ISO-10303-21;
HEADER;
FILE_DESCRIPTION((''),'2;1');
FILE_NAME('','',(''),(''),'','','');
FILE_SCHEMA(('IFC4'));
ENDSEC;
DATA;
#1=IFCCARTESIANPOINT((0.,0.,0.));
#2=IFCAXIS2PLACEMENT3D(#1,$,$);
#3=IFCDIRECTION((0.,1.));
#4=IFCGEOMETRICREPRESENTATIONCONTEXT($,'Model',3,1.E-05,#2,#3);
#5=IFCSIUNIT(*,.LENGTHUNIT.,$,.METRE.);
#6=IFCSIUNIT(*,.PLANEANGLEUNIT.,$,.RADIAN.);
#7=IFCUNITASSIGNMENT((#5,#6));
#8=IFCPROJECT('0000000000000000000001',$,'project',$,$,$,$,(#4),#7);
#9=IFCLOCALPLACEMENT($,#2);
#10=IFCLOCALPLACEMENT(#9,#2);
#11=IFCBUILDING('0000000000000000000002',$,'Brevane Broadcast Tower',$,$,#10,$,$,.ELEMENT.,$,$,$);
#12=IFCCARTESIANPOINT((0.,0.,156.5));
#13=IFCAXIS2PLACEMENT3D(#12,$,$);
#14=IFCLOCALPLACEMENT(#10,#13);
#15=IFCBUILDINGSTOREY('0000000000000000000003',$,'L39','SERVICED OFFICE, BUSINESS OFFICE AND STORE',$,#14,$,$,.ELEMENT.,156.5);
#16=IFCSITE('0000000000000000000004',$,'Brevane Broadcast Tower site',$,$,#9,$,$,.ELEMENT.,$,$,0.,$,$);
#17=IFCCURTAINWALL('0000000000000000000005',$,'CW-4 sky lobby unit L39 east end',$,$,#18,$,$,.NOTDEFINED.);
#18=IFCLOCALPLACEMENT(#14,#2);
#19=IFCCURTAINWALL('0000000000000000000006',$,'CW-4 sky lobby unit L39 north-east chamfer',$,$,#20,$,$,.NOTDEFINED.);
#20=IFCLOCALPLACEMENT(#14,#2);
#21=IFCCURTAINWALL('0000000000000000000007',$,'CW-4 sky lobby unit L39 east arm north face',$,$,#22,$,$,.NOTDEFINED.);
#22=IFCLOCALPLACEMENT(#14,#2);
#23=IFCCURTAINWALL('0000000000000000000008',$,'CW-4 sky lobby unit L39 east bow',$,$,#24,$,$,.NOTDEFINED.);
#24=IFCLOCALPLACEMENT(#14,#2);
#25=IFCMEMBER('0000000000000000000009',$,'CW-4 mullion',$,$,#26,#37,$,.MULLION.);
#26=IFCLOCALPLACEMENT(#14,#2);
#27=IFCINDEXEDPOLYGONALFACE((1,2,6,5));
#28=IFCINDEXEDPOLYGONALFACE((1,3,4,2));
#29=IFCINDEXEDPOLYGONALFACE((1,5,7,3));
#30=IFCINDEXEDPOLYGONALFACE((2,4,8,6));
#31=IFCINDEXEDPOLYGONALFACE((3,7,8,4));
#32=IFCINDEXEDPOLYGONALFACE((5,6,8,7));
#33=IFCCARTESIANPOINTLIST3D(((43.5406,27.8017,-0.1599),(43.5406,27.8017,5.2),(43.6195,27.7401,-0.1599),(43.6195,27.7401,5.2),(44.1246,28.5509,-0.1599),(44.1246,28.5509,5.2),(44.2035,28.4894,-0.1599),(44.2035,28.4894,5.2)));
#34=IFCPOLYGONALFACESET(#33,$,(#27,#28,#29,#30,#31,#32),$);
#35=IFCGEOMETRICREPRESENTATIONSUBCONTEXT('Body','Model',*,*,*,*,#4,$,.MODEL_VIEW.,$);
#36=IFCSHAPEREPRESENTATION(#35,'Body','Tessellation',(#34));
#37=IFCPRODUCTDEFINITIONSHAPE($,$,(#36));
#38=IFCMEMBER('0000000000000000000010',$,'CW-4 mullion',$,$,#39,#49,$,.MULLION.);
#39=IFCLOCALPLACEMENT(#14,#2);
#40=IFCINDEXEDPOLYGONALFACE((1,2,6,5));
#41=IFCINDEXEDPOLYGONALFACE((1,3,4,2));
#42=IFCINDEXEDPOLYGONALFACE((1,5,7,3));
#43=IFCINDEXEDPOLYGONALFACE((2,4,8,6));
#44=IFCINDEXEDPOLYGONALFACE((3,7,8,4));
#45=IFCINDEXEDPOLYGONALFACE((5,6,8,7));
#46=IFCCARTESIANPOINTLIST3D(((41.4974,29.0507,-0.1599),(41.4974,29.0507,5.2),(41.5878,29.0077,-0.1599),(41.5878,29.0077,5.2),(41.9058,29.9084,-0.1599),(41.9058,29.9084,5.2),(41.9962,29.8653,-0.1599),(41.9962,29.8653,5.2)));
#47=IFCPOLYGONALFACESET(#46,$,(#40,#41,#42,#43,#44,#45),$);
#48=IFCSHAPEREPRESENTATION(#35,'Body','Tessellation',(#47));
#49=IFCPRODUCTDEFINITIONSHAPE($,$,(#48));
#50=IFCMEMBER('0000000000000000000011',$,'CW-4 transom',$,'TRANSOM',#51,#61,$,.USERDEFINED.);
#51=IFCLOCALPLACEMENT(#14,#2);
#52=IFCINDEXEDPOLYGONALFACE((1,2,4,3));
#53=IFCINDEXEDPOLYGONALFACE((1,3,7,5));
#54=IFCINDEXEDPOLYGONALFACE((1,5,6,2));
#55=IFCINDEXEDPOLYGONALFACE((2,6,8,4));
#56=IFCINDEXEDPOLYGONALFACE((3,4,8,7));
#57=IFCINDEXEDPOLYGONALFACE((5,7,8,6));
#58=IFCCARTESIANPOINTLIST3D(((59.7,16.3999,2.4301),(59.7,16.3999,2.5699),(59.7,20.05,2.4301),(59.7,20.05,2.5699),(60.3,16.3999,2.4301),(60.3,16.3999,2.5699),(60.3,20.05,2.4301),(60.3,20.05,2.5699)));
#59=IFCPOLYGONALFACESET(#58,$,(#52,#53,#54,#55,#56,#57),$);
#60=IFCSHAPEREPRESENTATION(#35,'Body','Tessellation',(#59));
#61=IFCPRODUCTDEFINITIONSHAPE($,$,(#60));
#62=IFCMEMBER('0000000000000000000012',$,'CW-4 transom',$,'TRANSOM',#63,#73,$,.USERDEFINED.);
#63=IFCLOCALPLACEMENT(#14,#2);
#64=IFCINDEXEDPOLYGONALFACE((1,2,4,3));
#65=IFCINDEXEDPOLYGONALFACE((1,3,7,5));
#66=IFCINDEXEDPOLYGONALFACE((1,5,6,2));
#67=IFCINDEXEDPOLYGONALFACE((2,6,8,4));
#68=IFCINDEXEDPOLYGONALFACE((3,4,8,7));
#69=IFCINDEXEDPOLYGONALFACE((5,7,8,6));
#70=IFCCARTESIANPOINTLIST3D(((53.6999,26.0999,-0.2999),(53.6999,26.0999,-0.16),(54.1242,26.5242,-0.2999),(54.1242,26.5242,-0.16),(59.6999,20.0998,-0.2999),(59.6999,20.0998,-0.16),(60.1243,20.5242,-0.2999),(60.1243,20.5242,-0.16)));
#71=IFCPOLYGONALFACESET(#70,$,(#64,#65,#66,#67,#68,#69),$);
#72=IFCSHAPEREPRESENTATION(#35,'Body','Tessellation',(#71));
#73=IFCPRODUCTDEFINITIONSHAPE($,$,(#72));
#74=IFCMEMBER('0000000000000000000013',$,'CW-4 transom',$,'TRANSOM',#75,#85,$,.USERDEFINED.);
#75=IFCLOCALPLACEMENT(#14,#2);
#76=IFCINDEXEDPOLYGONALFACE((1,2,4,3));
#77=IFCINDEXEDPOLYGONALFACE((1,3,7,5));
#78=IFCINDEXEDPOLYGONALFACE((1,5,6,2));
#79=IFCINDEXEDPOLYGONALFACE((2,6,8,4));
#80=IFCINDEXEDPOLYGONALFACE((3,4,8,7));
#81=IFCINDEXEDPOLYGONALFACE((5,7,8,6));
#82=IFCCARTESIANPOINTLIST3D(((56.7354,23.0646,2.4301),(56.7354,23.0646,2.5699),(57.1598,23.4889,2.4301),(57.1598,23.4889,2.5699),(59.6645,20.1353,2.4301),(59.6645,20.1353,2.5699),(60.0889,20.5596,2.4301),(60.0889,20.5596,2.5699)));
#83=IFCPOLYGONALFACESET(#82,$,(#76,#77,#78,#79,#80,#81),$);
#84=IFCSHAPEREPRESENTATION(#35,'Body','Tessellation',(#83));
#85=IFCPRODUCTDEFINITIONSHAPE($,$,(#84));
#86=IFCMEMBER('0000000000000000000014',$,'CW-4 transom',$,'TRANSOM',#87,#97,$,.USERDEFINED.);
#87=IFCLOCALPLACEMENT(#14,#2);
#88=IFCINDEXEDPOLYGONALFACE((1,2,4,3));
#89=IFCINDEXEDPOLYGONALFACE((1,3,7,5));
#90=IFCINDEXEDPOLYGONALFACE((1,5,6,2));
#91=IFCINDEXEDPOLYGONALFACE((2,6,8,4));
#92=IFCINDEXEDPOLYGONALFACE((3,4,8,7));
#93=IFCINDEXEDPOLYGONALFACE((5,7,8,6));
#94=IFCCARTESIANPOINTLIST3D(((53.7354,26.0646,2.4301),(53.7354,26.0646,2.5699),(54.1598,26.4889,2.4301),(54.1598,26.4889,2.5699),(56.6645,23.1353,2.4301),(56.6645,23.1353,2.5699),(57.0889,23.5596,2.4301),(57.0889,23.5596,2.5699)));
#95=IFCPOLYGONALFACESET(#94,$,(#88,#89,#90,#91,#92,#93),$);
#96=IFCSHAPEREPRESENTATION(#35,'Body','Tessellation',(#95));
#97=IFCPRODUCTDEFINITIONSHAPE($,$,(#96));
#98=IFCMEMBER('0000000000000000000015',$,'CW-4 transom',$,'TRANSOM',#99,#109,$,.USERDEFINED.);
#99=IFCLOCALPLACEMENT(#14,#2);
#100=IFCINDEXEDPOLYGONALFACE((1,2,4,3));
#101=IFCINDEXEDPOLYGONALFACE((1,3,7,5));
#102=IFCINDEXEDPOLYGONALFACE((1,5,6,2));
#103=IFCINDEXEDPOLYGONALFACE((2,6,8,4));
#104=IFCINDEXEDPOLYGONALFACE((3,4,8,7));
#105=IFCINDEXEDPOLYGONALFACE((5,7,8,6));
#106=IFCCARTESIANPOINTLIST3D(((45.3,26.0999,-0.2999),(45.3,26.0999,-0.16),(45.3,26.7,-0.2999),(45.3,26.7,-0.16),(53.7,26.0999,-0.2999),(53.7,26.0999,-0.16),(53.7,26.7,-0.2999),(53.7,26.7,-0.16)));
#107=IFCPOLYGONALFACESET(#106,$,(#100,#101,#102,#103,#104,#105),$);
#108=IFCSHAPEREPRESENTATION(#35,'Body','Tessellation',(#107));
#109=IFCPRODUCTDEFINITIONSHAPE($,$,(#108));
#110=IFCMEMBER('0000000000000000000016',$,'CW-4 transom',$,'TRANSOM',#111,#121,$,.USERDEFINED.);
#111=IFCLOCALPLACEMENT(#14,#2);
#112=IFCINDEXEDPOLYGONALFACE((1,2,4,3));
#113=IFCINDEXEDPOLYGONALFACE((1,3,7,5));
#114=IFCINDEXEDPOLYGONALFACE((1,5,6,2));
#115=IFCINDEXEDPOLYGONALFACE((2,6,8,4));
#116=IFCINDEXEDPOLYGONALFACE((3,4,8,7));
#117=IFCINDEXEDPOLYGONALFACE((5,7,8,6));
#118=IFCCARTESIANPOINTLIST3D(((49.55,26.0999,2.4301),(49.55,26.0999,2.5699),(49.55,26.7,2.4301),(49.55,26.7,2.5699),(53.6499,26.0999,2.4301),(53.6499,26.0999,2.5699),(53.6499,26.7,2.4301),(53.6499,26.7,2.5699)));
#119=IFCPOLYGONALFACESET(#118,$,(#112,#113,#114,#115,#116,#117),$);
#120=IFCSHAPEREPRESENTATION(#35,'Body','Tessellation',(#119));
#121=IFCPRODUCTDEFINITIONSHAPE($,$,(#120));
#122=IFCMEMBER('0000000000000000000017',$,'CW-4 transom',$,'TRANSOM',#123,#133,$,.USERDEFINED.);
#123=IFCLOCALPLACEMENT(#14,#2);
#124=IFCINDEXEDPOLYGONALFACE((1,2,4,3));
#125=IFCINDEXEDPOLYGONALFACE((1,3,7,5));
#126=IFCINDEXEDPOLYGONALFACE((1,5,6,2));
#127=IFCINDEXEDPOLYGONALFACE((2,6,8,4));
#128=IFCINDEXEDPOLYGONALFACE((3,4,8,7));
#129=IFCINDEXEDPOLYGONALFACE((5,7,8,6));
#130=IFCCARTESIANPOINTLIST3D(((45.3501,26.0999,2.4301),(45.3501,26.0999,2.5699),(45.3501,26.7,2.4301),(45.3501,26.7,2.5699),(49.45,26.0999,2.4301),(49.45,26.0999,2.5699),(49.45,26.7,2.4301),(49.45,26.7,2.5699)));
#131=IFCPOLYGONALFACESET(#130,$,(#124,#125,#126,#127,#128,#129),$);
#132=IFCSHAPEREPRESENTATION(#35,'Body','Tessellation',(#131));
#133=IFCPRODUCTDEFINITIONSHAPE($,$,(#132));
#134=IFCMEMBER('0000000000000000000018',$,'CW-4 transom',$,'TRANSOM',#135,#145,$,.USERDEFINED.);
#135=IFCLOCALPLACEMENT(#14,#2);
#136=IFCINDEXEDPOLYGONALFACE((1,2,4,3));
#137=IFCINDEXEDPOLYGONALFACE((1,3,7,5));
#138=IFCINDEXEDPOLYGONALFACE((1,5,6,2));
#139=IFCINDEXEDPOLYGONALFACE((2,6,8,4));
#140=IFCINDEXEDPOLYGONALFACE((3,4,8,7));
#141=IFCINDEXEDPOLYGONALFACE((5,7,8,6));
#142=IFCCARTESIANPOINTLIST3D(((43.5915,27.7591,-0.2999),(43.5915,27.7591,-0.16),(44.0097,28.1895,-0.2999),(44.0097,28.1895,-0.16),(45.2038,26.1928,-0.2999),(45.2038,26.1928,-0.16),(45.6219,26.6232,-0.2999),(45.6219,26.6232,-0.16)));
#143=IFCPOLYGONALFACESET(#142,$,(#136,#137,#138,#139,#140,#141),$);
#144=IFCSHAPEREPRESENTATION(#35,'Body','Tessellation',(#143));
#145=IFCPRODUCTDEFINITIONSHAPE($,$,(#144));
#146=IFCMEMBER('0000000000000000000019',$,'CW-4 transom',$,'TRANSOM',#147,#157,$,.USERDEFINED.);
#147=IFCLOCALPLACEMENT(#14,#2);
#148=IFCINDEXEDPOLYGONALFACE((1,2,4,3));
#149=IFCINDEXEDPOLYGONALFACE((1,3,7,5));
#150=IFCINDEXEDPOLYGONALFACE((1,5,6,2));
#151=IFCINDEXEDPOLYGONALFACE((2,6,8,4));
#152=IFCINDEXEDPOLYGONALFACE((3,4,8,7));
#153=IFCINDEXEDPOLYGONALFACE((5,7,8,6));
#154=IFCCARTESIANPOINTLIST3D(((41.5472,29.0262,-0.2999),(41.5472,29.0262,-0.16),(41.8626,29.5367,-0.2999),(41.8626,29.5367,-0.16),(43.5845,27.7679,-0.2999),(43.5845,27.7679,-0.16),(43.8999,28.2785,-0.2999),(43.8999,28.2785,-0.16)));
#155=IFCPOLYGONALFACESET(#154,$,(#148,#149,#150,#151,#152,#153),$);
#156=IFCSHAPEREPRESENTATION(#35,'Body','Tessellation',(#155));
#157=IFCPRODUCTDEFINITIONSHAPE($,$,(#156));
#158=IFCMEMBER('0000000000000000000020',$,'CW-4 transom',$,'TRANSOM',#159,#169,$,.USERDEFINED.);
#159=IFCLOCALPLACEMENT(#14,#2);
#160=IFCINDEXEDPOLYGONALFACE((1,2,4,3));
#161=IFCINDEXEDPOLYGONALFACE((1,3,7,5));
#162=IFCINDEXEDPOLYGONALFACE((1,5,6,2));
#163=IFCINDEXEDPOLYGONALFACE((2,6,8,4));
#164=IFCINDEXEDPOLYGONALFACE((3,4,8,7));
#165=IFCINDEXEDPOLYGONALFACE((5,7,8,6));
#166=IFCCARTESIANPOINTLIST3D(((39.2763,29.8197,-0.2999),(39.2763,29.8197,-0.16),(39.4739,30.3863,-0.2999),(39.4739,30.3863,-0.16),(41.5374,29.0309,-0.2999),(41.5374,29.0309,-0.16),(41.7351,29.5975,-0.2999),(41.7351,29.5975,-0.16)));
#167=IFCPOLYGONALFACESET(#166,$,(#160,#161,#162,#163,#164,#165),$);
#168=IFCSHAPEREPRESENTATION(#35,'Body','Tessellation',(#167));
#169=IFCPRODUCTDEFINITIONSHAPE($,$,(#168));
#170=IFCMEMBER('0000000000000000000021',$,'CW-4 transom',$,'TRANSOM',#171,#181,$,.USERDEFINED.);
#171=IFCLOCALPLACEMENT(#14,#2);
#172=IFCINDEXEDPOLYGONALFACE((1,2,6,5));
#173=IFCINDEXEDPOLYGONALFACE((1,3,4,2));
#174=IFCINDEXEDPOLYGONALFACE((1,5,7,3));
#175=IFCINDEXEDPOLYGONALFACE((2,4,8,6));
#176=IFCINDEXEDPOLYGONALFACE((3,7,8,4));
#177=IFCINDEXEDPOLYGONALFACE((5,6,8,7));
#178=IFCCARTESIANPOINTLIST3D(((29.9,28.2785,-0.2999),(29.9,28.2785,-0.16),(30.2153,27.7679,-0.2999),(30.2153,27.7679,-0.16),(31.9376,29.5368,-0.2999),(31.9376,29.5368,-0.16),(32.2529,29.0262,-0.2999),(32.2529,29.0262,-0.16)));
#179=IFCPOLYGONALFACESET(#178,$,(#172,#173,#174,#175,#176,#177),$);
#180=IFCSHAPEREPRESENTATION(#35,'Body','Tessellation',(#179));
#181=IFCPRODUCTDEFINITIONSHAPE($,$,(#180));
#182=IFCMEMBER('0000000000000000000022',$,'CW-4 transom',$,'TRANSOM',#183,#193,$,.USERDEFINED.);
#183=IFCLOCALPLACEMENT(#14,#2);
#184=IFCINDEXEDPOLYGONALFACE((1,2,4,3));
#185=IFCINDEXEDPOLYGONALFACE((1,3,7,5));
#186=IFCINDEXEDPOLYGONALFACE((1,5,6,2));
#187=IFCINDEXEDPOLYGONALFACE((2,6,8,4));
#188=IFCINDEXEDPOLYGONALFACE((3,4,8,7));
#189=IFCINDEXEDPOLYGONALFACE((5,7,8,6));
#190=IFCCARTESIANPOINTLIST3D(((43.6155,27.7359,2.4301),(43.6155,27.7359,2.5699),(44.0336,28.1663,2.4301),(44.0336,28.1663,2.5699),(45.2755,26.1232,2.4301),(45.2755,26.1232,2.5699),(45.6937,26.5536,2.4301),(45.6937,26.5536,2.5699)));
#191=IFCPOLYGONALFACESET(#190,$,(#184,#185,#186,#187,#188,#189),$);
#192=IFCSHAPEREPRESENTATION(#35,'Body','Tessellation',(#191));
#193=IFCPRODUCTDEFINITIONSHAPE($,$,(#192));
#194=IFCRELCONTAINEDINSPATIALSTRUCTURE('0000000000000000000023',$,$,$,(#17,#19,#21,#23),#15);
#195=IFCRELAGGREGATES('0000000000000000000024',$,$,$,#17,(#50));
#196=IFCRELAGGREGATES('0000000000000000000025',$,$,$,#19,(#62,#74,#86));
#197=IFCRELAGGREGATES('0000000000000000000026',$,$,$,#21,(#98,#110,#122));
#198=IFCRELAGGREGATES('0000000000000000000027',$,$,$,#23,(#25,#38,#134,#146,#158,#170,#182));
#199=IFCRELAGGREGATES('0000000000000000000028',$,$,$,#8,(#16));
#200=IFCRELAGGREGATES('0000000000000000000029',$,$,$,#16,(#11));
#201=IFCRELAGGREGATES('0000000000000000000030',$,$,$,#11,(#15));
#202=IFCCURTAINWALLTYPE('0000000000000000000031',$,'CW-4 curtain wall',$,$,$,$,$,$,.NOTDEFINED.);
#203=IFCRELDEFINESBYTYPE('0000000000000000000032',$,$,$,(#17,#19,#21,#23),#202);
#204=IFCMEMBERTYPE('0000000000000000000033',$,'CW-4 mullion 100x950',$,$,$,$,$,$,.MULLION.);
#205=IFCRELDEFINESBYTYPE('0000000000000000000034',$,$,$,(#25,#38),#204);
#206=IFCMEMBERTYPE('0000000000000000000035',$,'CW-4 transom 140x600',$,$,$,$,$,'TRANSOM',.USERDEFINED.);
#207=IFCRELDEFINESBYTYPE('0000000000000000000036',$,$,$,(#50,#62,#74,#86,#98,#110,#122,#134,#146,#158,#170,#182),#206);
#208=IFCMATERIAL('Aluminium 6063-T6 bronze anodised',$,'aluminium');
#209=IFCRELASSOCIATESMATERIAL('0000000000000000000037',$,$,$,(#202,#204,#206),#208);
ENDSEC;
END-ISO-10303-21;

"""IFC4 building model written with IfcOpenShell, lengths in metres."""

from ifc_helpers import new_model, si_unit, direction, frame, origin, origin_2d, place, context, subcontext, project, spatial, rectangle, extrude, material, material_profile, profile_set, type_object, element, aggregate, save


model = new_model("IFC4")

# Units and contexts
model_context = context("Model", 3, precision=1e-05, world=origin(), true_north=direction((0.0, 1.0)))
body_context = subcontext(model_context, "Body", "Model", "MODEL_VIEW")
ifc_project = project(units=[si_unit("LENGTHUNIT", "METRE"), si_unit("PLANEANGLEUNIT", "RADIAN")], contexts=[model_context])

# Site, building, storey
site_placement = place(None, origin())
site = spatial("IfcSite", under=ifc_project, at=site_placement, Name="Brevane Broadcast Tower site", CompositionType="ELEMENT", RefElevation=0.0)
building_placement = place(site_placement, origin())
building = spatial("IfcBuilding", under=site, at=building_placement, Name="Brevane Broadcast Tower", CompositionType="ELEMENT")
storey_placement = place(building_placement, frame((0.0, 0.0, 156.5)))
storey = spatial("IfcBuildingStorey", under=building, at=storey_placement, Name="L39", Description="SERVICED OFFICE, BUSINESS OFFICE AND STORE", CompositionType="ELEMENT", Elevation=156.5)

# Curtain wall
ifc_material_1 = material(Name="Aluminium 6063-T6 bronze anodised", Category="aluminium")
curtain_wall_type = type_object("IfcCurtainWallType", Name="CW-4 curtain wall", PredefinedType="NOTDEFINED", material=ifc_material_1)
curtain_wall_1_placement = place(storey_placement, origin())
curtain_wall_1 = element("IfcCurtainWall", 1, at=curtain_wall_1_placement, inside=storey, type_object=curtain_wall_type, Name="CW-4 sky lobby unit L39 east end", PredefinedType="NOTDEFINED")
ifc_material_profile_1 = material_profile(ifc_material_1, rectangle(XDim=0.95, YDim=0.1001, at=origin_2d()), Name="RECT 100x950")
ifc_profile_set_1 = profile_set([ifc_material_profile_1], Name="Aluminium 6063-T6 bronze anodised")
member_type_1 = type_object("IfcMemberType", Name="CW-4 mullion 100x950", PredefinedType="MULLION", material=ifc_profile_set_1)

# Curtain walls, members
curtain_wall_2_placement = place(storey_placement, origin())
curtain_wall_2 = element("IfcCurtainWall", 2, at=curtain_wall_2_placement, inside=storey, type_object=curtain_wall_type, Name="CW-4 sky lobby unit L39 north-east chamfer", PredefinedType="NOTDEFINED")
curtain_wall_3_placement = place(storey_placement, origin())
curtain_wall_3 = element("IfcCurtainWall", 3, at=curtain_wall_3_placement, inside=storey, type_object=curtain_wall_type, Name="CW-4 sky lobby unit L39 east arm north face", PredefinedType="NOTDEFINED")
curtain_wall_4_placement = place(storey_placement, origin())
curtain_wall_4 = element("IfcCurtainWall", 4, at=curtain_wall_4_placement, inside=storey, type_object=curtain_wall_type, Name="CW-4 sky lobby unit L39 east bow", PredefinedType="NOTDEFINED")
member_1_placement = place(storey_placement, frame((43.8721, 28.1455, -0.1599), z_axis=(0.0, 0.0, 1.0), x_axis=(-0.61477, -0.788707, 0.0)))
member_1 = element("IfcMember", 5, at=member_1_placement, type_object=member_type_1, Name="CW-4 mullion", PredefinedType="MULLION", context=body_context, shape_type="SweptSolid", body=[
    extrude(rectangle(XDim=0.95, YDim=0.1001, at=origin_2d()), origin(), (0.0, 0.0, 1.0), 5.3599),
])
member_2_placement = place(storey_placement, frame((41.7468, 29.458, -0.1599), z_axis=(0.0, 0.0, 1.0), x_axis=(-0.429934, -0.902861, 0.0)))
member_2 = element("IfcMember", 6, at=member_2_placement, type_object=member_type_1, Name="CW-4 mullion", PredefinedType="MULLION", context=body_context, shape_type="SweptSolid", body=[
    extrude(rectangle(XDim=0.95, YDim=0.1001, at=origin_2d()), origin(), (0.0, 0.0, 1.0), 5.3599),
])

# Members
ifc_material_profile_2 = material_profile(ifc_material_1, rectangle(XDim=0.6001, YDim=0.1399, at=origin_2d()), Name="RECT 140x600")
ifc_profile_set_2 = profile_set([ifc_material_profile_2], Name="Aluminium 6063-T6 bronze anodised")
member_type_2 = type_object("IfcMemberType", Name="CW-4 transom 140x600", ElementType="TRANSOM", PredefinedType="USERDEFINED", material=ifc_profile_set_2)
member_3_placement = place(storey_placement, frame((60.0, 16.3999, 2.5), z_axis=(0.0, 1.0, 0.0), x_axis=(-1.0, 0.0, 0.0)))
member_3 = element("IfcMember", 7, at=member_3_placement, type_object=member_type_2, Name="CW-4 transom", ObjectType="TRANSOM", PredefinedType="USERDEFINED", context=body_context, shape_type="SweptSolid", body=[
    extrude(rectangle(XDim=0.6001, YDim=0.1399, at=origin_2d()), origin(), (0.0, 0.0, 1.0), 3.6501),
])
aggregate(curtain_wall_1, [member_3])
member_4_placement = place(storey_placement, frame((59.9121, 20.312, -0.23), z_axis=(-0.707107, 0.707107, 0.0), x_axis=(-0.707107, -0.707107, 0.0)))
member_4 = element("IfcMember", 8, at=member_4_placement, type_object=member_type_2, Name="CW-4 transom", ObjectType="TRANSOM", PredefinedType="USERDEFINED", context=body_context, shape_type="SweptSolid", body=[
    extrude(rectangle(XDim=0.6001, YDim=0.1399, at=origin_2d()), origin(), (0.0, 0.0, 1.0), 8.4854),
])
member_5_placement = place(storey_placement, frame((59.8767, 20.3474, 2.5), z_axis=(-0.707077, 0.707136, 0.0), x_axis=(-0.707136, -0.707077, 0.0)))
member_5 = element("IfcMember", 9, at=member_5_placement, type_object=member_type_2, Name="CW-4 transom", ObjectType="TRANSOM", PredefinedType="USERDEFINED", context=body_context, shape_type="SweptSolid", body=[
    extrude(rectangle(XDim=0.6001, YDim=0.1399, at=origin_2d()), origin(), (0.0, 0.0, 1.0), 4.1426),
])
member_6_placement = place(storey_placement, frame((56.8767, 23.3474, 2.5), z_axis=(-0.707077, 0.707136, 0.0), x_axis=(-0.707136, -0.707077, 0.0)))
member_6 = element("IfcMember", 10, at=member_6_placement, type_object=member_type_2, Name="CW-4 transom", ObjectType="TRANSOM", PredefinedType="USERDEFINED", context=body_context, shape_type="SweptSolid", body=[
    extrude(rectangle(XDim=0.6001, YDim=0.1399, at=origin_2d()), origin(), (0.0, 0.0, 1.0), 4.1426),
])
aggregate(curtain_wall_2, [member_4, member_5, member_6])
member_7_placement = place(storey_placement, frame((53.7, 26.3999, -0.23), z_axis=(-1.0, 0.0, 0.0), x_axis=(0.0, -1.0, 0.0)))
member_7 = element("IfcMember", 11, at=member_7_placement, type_object=member_type_2, Name="CW-4 transom", ObjectType="TRANSOM", PredefinedType="USERDEFINED", context=body_context, shape_type="SweptSolid", body=[
    extrude(rectangle(XDim=0.6001, YDim=0.1399, at=origin_2d()), origin(), (0.0, 0.0, 1.0), 8.3999),
])
member_8_placement = place(storey_placement, frame((53.6499, 26.3999, 2.5), z_axis=(-1.0, 0.0, 0.0), x_axis=(0.0, -1.0, 0.0)))
member_8 = element("IfcMember", 12, at=member_8_placement, type_object=member_type_2, Name="CW-4 transom", ObjectType="TRANSOM", PredefinedType="USERDEFINED", context=body_context, shape_type="SweptSolid", body=[
    extrude(rectangle(XDim=0.6001, YDim=0.1399, at=origin_2d()), origin(), (0.0, 0.0, 1.0), 4.0999),
])
member_9_placement = place(storey_placement, frame((49.45, 26.3999, 2.5), z_axis=(-1.0, 0.0, 0.0), x_axis=(0.0, -1.0, 0.0)))
member_9 = element("IfcMember", 13, at=member_9_placement, type_object=member_type_2, Name="CW-4 transom", ObjectType="TRANSOM", PredefinedType="USERDEFINED", context=body_context, shape_type="SweptSolid", body=[
    extrude(rectangle(XDim=0.6001, YDim=0.1399, at=origin_2d()), origin(), (0.0, 0.0, 1.0), 4.0999),
])
aggregate(curtain_wall_3, [member_7, member_8, member_9])
member_10_placement = place(storey_placement, frame((45.4128, 26.408, -0.23), z_axis=(-0.717242, 0.696824, 0.0), x_axis=(-0.696824, -0.717242, 0.0)))
member_10 = element("IfcMember", 14, at=member_10_placement, type_object=member_type_2, Name="CW-4 transom", ObjectType="TRANSOM", PredefinedType="USERDEFINED", context=body_context, shape_type="SweptSolid", body=[
    extrude(rectangle(XDim=0.6001, YDim=0.1399, at=origin_2d()), origin(), (0.0, 0.0, 1.0), 2.2478),
])
member_11_placement = place(storey_placement, frame((43.7422, 28.0232, -0.23), z_axis=(-0.85081, 0.525473, 0.0), x_axis=(-0.525473, -0.85081, 0.0)))
member_11 = element("IfcMember", 15, at=member_11_placement, type_object=member_type_2, Name="CW-4 transom", ObjectType="TRANSOM", PredefinedType="USERDEFINED", context=body_context, shape_type="SweptSolid", body=[
    extrude(rectangle(XDim=0.6001, YDim=0.1399, at=origin_2d()), origin(), (0.0, 0.0, 1.0), 2.3945),
])
member_12_placement = place(storey_placement, frame((41.6362, 29.3142, -0.23), z_axis=(-0.944198, 0.329378, 0.0), x_axis=(-0.329378, -0.944198, 0.0)))
member_12 = element("IfcMember", 16, at=member_12_placement, type_object=member_type_2, Name="CW-4 transom", ObjectType="TRANSOM", PredefinedType="USERDEFINED", context=body_context, shape_type="SweptSolid", body=[
    extrude(rectangle(XDim=0.6001, YDim=0.1399, at=origin_2d()), origin(), (0.0, 0.0, 1.0), 2.3948),
])
member_13_placement = place(storey_placement, frame((32.0952, 29.2815, -0.23), z_axis=(-0.850838, -0.525428, 0.0), x_axis=(0.525428, -0.850838, 0.0)))
member_13 = element("IfcMember", 17, at=member_13_placement, type_object=member_type_2, Name="CW-4 transom", ObjectType="TRANSOM", PredefinedType="USERDEFINED", context=body_context, shape_type="SweptSolid", body=[
    extrude(rectangle(XDim=0.6001, YDim=0.1399, at=origin_2d()), origin(), (0.0, 0.0, 1.0), 2.3948),
])
member_14_placement = place(storey_placement, frame((45.4846, 26.3384, 2.5), z_axis=(-0.717264, 0.696801, 0.0), x_axis=(-0.696801, -0.717264, 0.0)))
member_14 = element("IfcMember", 18, at=member_14_placement, type_object=member_type_2, Name="CW-4 transom", ObjectType="TRANSOM", PredefinedType="USERDEFINED", context=body_context, shape_type="SweptSolid", body=[
    extrude(rectangle(XDim=0.6001, YDim=0.1399, at=origin_2d()), origin(), (0.0, 0.0, 1.0), 2.3145),
])
aggregate(curtain_wall_4, [member_1, member_2, member_10, member_11, member_12, member_13, member_14])

save(model, "model.ifc")
